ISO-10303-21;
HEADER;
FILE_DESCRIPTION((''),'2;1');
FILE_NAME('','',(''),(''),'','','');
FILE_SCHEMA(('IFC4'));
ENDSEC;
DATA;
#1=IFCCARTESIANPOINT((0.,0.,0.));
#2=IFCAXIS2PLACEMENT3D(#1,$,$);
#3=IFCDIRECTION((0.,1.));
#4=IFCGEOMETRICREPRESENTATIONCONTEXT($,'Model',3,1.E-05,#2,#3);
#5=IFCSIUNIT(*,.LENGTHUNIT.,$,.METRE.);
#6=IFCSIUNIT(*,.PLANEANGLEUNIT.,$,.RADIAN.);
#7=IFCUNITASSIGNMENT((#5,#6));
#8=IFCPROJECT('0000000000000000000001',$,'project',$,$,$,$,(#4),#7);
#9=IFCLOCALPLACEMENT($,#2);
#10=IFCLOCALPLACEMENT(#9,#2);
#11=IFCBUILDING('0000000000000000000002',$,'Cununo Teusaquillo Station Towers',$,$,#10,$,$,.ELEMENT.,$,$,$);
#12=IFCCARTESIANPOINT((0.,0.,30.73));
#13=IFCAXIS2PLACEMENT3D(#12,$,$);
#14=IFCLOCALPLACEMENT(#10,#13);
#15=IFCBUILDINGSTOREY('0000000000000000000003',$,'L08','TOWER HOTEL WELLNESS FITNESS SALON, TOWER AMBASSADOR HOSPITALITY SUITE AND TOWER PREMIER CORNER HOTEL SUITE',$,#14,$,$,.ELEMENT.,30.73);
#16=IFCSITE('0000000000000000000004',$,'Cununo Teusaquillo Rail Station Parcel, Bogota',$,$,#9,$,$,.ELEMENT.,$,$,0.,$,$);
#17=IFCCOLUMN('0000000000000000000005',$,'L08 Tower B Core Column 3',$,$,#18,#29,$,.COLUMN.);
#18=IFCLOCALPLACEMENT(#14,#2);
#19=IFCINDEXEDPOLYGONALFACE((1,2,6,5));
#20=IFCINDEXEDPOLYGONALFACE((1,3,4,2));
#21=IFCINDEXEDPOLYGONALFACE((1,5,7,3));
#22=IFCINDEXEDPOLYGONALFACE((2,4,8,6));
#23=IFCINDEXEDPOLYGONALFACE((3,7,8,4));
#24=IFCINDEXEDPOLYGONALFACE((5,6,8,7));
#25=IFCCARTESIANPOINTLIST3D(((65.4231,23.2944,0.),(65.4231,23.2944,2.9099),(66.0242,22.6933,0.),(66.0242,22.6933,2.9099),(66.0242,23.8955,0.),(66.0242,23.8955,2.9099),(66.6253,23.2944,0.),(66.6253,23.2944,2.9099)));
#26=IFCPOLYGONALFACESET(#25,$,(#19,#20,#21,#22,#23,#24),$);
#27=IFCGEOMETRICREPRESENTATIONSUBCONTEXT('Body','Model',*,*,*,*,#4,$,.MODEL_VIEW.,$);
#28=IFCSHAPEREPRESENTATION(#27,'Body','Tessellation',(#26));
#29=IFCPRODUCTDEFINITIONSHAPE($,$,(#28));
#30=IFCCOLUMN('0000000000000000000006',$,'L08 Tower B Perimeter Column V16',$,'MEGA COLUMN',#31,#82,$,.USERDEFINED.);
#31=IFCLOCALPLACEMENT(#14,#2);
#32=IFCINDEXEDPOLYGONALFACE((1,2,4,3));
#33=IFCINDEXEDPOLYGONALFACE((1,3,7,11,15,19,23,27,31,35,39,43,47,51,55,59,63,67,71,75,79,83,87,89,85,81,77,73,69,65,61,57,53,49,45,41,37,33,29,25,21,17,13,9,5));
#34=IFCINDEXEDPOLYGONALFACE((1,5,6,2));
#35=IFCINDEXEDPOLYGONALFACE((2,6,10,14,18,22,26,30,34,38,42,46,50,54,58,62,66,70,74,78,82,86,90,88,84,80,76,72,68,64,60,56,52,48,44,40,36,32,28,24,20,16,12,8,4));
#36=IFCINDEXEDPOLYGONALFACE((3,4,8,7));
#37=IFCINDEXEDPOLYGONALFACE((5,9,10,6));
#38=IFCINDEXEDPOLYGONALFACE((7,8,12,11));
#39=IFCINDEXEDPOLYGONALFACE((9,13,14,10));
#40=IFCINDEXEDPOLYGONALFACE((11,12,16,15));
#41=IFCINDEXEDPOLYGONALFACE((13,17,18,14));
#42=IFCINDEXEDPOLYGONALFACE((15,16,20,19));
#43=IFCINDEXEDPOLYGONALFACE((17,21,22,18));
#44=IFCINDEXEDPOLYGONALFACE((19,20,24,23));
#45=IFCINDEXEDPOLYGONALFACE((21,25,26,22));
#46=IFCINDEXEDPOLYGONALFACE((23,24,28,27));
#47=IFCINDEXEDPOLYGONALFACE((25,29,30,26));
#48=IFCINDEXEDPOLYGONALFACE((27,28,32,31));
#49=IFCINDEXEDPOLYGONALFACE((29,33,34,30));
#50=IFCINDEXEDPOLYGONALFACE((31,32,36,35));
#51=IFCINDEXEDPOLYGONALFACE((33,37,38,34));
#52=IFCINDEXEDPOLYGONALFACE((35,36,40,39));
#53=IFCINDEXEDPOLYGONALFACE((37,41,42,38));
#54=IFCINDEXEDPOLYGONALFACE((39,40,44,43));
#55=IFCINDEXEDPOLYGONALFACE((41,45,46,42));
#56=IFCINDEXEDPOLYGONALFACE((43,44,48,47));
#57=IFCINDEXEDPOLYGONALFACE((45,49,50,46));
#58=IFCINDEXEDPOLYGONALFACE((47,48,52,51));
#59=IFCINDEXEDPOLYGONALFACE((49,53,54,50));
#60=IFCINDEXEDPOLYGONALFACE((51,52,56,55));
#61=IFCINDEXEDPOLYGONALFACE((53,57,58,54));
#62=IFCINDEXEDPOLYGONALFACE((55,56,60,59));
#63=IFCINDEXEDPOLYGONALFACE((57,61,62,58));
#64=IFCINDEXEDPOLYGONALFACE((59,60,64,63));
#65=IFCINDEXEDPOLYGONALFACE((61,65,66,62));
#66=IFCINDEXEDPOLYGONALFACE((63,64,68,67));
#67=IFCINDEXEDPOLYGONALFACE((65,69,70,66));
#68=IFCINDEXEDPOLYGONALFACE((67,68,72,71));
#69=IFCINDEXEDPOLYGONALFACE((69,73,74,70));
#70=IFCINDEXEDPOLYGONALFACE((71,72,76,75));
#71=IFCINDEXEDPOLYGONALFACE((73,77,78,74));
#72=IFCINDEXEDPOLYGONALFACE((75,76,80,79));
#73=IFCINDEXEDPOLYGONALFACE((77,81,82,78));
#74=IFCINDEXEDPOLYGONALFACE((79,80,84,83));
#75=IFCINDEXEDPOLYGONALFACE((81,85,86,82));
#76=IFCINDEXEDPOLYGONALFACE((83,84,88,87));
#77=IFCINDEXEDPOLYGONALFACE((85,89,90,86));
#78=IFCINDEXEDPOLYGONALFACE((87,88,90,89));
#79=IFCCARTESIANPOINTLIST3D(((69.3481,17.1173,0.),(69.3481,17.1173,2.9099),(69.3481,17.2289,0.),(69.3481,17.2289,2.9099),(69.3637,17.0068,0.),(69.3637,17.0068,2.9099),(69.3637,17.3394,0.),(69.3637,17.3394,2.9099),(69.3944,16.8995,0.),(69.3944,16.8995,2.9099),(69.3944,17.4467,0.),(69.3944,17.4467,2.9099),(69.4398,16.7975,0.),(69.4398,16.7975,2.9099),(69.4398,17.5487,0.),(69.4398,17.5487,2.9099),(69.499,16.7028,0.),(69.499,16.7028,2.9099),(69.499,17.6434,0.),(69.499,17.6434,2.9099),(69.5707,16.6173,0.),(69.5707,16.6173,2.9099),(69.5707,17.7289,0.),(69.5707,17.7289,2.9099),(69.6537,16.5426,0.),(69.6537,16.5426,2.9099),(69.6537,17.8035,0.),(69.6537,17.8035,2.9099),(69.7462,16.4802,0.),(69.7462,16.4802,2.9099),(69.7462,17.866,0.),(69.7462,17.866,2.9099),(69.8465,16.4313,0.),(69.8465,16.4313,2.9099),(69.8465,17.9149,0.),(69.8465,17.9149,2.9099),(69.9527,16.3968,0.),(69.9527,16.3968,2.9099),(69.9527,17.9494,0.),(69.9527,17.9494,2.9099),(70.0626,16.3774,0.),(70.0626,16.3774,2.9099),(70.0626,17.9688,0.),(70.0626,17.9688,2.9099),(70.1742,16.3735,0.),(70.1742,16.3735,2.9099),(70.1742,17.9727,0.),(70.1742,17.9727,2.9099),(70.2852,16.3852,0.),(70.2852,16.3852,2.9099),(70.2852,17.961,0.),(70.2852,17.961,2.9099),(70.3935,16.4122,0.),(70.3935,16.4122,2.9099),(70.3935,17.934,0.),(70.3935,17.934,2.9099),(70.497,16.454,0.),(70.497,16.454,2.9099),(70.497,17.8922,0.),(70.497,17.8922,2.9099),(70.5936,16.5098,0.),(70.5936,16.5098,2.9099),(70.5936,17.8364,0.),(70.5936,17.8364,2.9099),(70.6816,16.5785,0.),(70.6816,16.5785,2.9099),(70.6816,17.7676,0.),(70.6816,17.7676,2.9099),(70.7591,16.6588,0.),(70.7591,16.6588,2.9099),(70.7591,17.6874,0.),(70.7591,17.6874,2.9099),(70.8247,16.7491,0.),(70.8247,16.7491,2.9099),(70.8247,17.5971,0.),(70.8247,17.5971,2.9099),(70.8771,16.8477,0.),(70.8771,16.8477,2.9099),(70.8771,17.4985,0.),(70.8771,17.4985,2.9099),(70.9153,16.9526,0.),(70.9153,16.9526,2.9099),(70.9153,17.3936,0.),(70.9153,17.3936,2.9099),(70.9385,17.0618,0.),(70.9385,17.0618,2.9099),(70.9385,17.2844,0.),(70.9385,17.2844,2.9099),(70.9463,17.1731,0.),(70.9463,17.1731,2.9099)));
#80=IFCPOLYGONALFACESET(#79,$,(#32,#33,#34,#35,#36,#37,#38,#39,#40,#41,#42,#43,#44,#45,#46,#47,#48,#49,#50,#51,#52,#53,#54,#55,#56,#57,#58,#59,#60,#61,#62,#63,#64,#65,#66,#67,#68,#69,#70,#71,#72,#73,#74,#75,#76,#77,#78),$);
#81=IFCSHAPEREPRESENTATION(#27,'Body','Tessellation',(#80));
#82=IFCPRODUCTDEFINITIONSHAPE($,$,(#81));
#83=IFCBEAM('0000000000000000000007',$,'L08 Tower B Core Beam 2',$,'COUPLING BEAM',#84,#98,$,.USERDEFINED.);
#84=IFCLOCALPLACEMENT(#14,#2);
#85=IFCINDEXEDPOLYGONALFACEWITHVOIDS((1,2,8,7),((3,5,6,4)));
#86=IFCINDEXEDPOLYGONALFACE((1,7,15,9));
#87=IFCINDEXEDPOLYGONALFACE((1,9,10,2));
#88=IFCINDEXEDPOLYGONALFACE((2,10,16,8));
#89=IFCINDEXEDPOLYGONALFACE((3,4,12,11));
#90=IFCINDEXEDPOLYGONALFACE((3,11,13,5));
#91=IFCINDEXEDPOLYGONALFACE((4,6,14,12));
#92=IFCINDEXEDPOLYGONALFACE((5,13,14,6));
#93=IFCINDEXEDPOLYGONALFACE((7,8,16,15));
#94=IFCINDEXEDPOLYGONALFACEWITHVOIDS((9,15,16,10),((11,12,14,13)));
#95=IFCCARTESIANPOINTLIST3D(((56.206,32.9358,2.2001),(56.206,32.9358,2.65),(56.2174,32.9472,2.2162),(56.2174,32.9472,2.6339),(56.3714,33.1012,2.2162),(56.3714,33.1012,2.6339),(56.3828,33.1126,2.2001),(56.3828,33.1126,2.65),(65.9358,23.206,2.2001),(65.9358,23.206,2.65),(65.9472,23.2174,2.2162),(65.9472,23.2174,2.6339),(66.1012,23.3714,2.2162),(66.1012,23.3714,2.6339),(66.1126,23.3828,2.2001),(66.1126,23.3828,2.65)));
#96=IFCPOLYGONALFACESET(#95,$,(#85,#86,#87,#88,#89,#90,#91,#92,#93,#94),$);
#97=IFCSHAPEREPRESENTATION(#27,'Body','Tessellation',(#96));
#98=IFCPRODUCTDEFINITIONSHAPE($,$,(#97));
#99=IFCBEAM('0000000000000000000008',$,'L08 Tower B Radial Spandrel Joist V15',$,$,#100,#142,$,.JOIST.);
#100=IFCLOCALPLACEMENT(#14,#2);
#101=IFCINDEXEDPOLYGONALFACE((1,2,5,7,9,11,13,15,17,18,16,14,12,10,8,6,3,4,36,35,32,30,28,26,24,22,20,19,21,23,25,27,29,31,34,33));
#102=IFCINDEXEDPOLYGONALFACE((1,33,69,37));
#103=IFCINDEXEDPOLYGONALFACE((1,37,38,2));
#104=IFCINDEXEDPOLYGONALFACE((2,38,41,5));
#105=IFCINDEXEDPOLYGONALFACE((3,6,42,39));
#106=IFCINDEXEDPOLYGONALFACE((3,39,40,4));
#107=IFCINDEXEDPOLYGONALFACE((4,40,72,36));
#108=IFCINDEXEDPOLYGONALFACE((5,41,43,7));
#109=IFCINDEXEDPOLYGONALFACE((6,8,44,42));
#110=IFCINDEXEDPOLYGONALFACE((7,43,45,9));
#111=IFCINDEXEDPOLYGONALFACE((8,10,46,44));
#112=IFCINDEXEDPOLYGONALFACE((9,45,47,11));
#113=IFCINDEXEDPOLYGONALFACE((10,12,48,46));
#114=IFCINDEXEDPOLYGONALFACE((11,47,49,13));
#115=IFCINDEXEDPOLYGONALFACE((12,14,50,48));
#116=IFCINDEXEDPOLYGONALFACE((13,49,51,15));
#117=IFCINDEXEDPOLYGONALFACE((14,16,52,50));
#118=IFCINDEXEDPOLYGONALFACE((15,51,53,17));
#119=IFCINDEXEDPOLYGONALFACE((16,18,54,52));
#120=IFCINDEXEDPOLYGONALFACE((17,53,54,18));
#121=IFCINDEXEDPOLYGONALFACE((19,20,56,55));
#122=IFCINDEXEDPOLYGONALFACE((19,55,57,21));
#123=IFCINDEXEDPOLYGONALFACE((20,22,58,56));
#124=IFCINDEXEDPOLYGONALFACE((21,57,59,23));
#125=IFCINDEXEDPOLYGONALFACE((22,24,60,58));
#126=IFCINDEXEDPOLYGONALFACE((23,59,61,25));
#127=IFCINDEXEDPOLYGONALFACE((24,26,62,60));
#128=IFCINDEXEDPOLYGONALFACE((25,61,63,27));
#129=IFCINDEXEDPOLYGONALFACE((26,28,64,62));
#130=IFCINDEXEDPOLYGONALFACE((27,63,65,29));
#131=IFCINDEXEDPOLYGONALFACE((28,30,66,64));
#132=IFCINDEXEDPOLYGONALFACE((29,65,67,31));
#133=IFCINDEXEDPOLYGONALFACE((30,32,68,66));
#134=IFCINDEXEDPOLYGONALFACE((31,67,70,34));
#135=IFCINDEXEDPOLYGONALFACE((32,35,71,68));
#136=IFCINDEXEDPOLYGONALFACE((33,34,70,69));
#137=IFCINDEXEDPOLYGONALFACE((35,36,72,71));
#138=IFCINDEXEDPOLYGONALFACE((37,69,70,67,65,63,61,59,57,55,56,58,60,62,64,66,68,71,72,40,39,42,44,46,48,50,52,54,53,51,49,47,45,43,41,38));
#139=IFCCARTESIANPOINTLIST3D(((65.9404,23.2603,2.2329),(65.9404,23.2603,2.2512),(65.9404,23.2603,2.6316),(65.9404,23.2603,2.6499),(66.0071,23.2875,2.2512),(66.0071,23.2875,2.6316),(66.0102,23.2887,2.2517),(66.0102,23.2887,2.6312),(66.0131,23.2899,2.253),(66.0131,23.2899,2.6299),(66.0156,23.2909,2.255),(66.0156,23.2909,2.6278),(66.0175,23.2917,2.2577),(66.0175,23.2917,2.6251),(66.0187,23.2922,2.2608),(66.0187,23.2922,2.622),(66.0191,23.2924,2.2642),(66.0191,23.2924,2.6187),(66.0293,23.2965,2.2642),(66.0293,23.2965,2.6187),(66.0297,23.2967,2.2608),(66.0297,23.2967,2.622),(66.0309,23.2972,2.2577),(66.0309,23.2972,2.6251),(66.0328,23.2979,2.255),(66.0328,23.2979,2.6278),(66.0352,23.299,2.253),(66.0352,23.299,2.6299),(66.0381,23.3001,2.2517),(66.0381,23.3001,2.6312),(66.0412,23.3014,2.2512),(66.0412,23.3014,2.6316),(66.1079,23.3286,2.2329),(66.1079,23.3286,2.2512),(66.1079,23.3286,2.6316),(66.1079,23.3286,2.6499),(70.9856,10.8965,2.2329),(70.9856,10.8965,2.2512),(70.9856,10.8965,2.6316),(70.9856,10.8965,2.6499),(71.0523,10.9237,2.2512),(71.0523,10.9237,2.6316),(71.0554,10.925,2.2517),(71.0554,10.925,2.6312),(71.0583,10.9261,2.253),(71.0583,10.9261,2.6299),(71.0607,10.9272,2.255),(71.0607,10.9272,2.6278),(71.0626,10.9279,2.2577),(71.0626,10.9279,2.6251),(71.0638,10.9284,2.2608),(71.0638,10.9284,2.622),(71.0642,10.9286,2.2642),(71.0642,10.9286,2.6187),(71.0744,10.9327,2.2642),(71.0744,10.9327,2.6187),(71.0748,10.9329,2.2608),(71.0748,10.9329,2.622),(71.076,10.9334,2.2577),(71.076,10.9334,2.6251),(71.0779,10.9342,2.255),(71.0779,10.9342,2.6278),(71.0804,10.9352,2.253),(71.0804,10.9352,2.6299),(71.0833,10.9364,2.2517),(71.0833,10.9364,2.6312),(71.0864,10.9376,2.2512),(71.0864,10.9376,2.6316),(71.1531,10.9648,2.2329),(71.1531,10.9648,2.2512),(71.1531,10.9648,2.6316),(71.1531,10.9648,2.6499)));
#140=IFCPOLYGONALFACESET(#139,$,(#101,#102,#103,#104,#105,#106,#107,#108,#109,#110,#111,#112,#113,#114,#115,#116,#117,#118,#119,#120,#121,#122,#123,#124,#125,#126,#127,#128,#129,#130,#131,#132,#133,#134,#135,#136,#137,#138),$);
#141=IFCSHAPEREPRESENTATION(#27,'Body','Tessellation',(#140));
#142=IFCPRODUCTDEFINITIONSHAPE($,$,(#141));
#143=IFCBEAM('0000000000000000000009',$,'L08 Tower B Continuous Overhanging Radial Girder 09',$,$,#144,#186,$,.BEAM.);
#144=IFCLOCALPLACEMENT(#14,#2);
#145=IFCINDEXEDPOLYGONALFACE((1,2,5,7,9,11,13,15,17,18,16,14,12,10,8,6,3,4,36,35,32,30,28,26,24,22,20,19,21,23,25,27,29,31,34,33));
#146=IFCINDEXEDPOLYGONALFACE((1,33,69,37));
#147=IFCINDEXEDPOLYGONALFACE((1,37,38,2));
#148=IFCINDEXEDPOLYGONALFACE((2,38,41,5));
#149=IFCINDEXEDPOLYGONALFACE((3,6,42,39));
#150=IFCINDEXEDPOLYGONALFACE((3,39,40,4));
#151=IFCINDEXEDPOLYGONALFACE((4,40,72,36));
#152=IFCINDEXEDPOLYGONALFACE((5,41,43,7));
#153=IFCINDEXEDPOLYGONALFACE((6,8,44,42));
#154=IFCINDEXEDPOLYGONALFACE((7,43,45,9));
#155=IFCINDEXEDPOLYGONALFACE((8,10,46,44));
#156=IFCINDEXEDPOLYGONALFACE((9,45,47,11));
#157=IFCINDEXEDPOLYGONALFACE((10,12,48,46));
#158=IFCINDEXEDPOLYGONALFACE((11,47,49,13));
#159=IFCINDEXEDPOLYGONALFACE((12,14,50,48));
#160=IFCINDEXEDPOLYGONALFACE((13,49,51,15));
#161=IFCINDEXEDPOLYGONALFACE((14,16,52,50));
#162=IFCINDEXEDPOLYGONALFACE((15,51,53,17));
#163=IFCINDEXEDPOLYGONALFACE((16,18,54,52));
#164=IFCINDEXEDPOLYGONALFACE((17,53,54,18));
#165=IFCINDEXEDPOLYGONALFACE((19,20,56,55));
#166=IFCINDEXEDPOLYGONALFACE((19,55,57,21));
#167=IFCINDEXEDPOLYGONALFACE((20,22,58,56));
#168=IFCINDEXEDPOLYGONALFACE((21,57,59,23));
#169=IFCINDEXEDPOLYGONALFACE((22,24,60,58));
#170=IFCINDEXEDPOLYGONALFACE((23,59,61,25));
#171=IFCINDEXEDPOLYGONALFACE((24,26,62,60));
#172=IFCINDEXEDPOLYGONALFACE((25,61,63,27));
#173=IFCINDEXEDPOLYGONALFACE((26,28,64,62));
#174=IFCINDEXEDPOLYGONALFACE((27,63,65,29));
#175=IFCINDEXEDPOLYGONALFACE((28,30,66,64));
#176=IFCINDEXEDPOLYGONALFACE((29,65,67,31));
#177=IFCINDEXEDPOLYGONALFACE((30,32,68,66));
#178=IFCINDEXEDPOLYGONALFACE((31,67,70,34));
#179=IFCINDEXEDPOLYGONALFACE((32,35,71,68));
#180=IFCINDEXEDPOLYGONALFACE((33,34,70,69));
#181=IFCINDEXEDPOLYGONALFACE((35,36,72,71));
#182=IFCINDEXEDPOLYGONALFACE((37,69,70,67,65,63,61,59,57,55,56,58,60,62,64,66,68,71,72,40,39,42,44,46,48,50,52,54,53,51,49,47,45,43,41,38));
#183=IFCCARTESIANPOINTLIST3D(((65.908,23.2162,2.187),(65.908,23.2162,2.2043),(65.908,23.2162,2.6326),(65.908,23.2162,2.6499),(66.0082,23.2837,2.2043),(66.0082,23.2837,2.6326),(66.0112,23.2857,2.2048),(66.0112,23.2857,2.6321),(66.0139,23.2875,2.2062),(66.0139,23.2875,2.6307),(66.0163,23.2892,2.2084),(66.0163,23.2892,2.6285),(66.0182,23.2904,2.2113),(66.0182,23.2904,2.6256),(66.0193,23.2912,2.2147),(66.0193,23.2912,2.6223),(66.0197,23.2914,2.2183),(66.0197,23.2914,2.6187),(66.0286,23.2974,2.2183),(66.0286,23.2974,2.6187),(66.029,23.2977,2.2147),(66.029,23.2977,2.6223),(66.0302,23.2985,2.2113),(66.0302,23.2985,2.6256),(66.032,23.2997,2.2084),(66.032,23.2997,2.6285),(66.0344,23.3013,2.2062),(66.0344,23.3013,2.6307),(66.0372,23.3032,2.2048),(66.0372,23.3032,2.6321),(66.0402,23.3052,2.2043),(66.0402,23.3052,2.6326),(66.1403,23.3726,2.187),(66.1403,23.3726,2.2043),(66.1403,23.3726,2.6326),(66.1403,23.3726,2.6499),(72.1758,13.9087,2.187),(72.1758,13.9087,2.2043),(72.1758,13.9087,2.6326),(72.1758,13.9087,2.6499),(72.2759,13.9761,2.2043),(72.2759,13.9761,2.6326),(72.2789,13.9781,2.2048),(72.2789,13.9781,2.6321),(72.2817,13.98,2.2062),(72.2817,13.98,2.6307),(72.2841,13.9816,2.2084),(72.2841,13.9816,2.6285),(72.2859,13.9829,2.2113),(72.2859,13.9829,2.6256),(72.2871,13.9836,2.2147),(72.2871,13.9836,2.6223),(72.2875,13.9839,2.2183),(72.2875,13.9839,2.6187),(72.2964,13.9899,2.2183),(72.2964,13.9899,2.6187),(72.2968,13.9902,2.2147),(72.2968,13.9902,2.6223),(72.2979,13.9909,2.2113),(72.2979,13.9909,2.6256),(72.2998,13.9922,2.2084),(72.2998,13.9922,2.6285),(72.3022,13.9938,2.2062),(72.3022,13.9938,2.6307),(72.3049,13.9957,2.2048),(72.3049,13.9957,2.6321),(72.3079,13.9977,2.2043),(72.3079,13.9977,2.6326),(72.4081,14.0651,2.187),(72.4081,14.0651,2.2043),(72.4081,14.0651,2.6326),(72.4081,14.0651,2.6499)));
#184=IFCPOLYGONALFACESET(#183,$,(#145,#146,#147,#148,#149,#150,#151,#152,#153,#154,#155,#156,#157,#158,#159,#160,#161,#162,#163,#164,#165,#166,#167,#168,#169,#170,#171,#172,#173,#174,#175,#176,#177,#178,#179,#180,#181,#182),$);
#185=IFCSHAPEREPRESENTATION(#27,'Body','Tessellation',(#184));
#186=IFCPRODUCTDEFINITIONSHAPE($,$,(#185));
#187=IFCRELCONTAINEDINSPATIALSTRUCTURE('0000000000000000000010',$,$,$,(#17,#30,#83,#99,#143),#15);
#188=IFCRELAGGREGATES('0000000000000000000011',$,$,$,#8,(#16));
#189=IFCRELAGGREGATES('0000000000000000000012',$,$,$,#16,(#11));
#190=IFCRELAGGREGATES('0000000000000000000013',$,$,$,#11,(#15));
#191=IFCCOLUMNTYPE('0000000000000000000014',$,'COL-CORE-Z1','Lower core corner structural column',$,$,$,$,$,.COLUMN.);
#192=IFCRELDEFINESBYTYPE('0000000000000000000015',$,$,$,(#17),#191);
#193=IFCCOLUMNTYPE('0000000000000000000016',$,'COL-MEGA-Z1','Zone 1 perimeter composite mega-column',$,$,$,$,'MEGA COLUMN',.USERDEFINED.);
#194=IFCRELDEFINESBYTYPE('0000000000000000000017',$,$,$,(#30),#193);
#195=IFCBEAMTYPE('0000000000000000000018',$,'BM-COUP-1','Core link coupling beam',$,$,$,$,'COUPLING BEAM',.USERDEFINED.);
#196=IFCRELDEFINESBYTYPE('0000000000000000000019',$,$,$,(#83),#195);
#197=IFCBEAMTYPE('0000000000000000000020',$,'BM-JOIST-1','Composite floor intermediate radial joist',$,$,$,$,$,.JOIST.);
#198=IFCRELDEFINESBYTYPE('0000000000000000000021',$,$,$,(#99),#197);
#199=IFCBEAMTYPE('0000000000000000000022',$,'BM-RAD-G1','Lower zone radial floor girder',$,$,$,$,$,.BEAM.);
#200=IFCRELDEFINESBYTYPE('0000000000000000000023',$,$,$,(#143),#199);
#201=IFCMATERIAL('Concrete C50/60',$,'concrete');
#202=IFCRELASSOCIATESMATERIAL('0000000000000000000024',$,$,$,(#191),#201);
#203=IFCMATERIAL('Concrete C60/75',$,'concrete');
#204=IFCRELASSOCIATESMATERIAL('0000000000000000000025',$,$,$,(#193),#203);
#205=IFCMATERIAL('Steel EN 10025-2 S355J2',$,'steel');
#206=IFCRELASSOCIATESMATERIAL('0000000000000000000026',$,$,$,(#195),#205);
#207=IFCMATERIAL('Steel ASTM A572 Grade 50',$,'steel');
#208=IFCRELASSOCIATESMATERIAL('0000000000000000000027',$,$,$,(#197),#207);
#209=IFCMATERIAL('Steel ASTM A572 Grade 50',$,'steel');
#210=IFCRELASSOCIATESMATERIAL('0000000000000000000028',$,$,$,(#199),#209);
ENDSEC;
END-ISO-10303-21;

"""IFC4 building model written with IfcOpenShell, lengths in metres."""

from ifc_helpers import new_model, si_unit, direction, frame, origin, origin_2d, place, context, subcontext, project, spatial, rectangle, hollow_rectangle, circle, i_section, extrude, material, material_profile, profile_set, type_object, element, save


model = new_model("IFC4")

# Units and contexts
model_context = context("Model", 3, precision=1e-05, world=origin(), true_north=direction((0.0, 1.0)))
body_context = subcontext(model_context, "Body", "Model", "MODEL_VIEW")
ifc_project = project(units=[si_unit("LENGTHUNIT", "METRE"), si_unit("PLANEANGLEUNIT", "RADIAN")], contexts=[model_context])

# Site, building, storey
site_placement = place(None, origin())
site = spatial("IfcSite", under=ifc_project, at=site_placement, Name="Cununo Teusaquillo Rail Station Parcel, Bogota", CompositionType="ELEMENT", RefElevation=0.0)
building_placement = place(site_placement, origin())
building = spatial("IfcBuilding", under=site, at=building_placement, Name="Cununo Teusaquillo Station Towers", CompositionType="ELEMENT")
storey_placement = place(building_placement, frame((0.0, 0.0, 30.73)))
storey = spatial("IfcBuildingStorey", under=building, at=storey_placement, Name="L08", Description="TOWER HOTEL WELLNESS FITNESS SALON, TOWER AMBASSADOR HOSPITALITY SUITE AND TOWER PREMIER CORNER HOTEL SUITE", CompositionType="ELEMENT", Elevation=30.73)

# Columns
ifc_material_1 = material(Name="Concrete C50/60", Category="concrete")
ifc_material_profile_1 = material_profile(ifc_material_1, rectangle(XDim=0.8501, YDim=0.8501, at=origin_2d()), Name="RC-RECT-850x850")
ifc_profile_set_1 = profile_set([ifc_material_profile_1], Name="Concrete C50/60")
column_type_1 = type_object("IfcColumnType", Name="COL-CORE-Z1", Description="Lower core corner structural column", PredefinedType="COLUMN", material=ifc_profile_set_1)
column_1_placement = place(storey_placement, frame((66.0242, 23.2944, 0.0), z_axis=(0.0, 0.0, 1.0), x_axis=(0.707107, 0.707107, 0.0)))
element("IfcColumn", 1, at=column_1_placement, inside=storey, type_object=column_type_1, Name="L08 Tower B Core Column 3", PredefinedType="COLUMN", context=body_context, shape_type="SweptSolid", body=[
    extrude(rectangle(XDim=0.8501, YDim=0.8501, at=origin_2d()), origin(), (0.0, 0.0, 1.0), 2.9099),
])
ifc_material_2 = material(Name="Concrete C60/75", Category="concrete")
ifc_material_profile_2 = material_profile(ifc_material_2, circle(Radius=0.8, at=origin_2d()), Name="RC-CIRC-1600")
ifc_profile_set_2 = profile_set([ifc_material_profile_2], Name="Concrete C60/75")
column_type_2 = type_object("IfcColumnType", Name="COL-MEGA-Z1", Description="Zone 1 perimeter composite mega-column", ElementType="MEGA COLUMN", PredefinedType="USERDEFINED", material=ifc_profile_set_2)
column_2_placement = place(storey_placement, frame((70.1462, 17.1731, 0.0), z_axis=(0.0, 0.0, 1.0), x_axis=(1.0, 0.0, 0.0)))
element("IfcColumn", 2, at=column_2_placement, inside=storey, type_object=column_type_2, Name="L08 Tower B Perimeter Column V16", ObjectType="MEGA COLUMN", PredefinedType="USERDEFINED", context=body_context, shape_type="SweptSolid", body=[
    extrude(circle(Radius=0.8, at=origin_2d()), origin(), (0.0, 0.0, 1.0), 2.9099),
])

# Beams
ifc_material_3 = material(Name="Steel EN 10025-2 S355J2", Category="steel")
ifc_material_profile_3 = material_profile(ifc_material_3, hollow_rectangle(XDim=0.25, YDim=0.45, WallThickness=0.0161, at=origin_2d()), Name="RHS 450x250x16")
ifc_profile_set_3 = profile_set([ifc_material_profile_3], Name="Steel EN 10025-2 S355J2")
beam_type_1 = type_object("IfcBeamType", Name="BM-COUP-1", Description="Core link coupling beam", ElementType="COUPLING BEAM", PredefinedType="USERDEFINED", material=ifc_profile_set_3)
beam_1_placement = place(storey_placement, frame((66.0242, 23.2944, 2.425), z_axis=(-0.707107, 0.707107, 0.0), x_axis=(-0.707107, -0.707107, 0.0)))
element("IfcBeam", 3, at=beam_1_placement, inside=storey, type_object=beam_type_1, Name="L08 Tower B Core Beam 2", ObjectType="COUPLING BEAM", PredefinedType="USERDEFINED", context=body_context, shape_type="SweptSolid", body=[
    extrude(hollow_rectangle(XDim=0.25, YDim=0.45, WallThickness=0.0161, at=origin_2d()), origin(), (0.0, 0.0, 1.0), 13.76),
])
ifc_material_4 = material(Name="Steel ASTM A572 Grade 50", Category="steel")
ifc_material_profile_4 = material_profile(ifc_material_4, i_section(OverallWidth=0.1809, OverallDepth=0.417, WebThickness=0.011, FlangeThickness=0.0183, FilletRadius=0.0129, at=origin_2d()), Name="W16X57")
ifc_profile_set_4 = profile_set([ifc_material_profile_4], Name="Steel ASTM A572 Grade 50")
beam_type_2 = type_object("IfcBeamType", Name="BM-JOIST-1", Description="Composite floor intermediate radial joist", PredefinedType="JOIST", material=ifc_profile_set_4)
beam_2_placement = place(storey_placement, frame((66.0242, 23.2944, 2.4414), z_axis=(0.377815, -0.925881, 0.0), x_axis=(0.925881, 0.377815, 0.0)))
element("IfcBeam", 4, at=beam_2_placement, inside=storey, type_object=beam_type_2, Name="L08 Tower B Radial Spandrel Joist V15", PredefinedType="JOIST", context=body_context, shape_type="SweptSolid", body=[
    extrude(i_section(OverallWidth=0.1809, OverallDepth=0.417, WebThickness=0.011, FlangeThickness=0.0183, FilletRadius=0.0129, at=origin_2d()), origin(), (0.0, 0.0, 1.0), 13.3535),
])
ifc_material_5 = material(Name="Steel ASTM A572 Grade 50", Category="steel")
ifc_material_profile_5 = material_profile(ifc_material_5, i_section(OverallWidth=0.28, OverallDepth=0.4629, WebThickness=0.0107, FlangeThickness=0.0173, FilletRadius=0.0139, at=origin_2d()), Name="W18X76")
ifc_profile_set_5 = profile_set([ifc_material_profile_5], Name="Steel ASTM A572 Grade 50")
beam_type_3 = type_object("IfcBeamType", Name="BM-RAD-G1", Description="Lower zone radial floor girder", PredefinedType="BEAM", material=ifc_profile_set_5)
beam_3_placement = place(storey_placement, frame((66.0242, 23.2944, 2.4185), z_axis=(0.558565, -0.829461, 0.0), x_axis=(0.829461, 0.558565, 0.0)))
element("IfcBeam", 5, at=beam_3_placement, inside=storey, type_object=beam_type_3, Name="L08 Tower B Continuous Overhanging Radial Girder 09", PredefinedType="BEAM", context=body_context, shape_type="SweptSolid", body=[
    extrude(i_section(OverallWidth=0.28, OverallDepth=0.4629, WebThickness=0.0107, FlangeThickness=0.0173, FilletRadius=0.0139, at=origin_2d()), origin(), (0.0, 0.0, 1.0), 11.2212),
])

save(model, "model.ifc")
